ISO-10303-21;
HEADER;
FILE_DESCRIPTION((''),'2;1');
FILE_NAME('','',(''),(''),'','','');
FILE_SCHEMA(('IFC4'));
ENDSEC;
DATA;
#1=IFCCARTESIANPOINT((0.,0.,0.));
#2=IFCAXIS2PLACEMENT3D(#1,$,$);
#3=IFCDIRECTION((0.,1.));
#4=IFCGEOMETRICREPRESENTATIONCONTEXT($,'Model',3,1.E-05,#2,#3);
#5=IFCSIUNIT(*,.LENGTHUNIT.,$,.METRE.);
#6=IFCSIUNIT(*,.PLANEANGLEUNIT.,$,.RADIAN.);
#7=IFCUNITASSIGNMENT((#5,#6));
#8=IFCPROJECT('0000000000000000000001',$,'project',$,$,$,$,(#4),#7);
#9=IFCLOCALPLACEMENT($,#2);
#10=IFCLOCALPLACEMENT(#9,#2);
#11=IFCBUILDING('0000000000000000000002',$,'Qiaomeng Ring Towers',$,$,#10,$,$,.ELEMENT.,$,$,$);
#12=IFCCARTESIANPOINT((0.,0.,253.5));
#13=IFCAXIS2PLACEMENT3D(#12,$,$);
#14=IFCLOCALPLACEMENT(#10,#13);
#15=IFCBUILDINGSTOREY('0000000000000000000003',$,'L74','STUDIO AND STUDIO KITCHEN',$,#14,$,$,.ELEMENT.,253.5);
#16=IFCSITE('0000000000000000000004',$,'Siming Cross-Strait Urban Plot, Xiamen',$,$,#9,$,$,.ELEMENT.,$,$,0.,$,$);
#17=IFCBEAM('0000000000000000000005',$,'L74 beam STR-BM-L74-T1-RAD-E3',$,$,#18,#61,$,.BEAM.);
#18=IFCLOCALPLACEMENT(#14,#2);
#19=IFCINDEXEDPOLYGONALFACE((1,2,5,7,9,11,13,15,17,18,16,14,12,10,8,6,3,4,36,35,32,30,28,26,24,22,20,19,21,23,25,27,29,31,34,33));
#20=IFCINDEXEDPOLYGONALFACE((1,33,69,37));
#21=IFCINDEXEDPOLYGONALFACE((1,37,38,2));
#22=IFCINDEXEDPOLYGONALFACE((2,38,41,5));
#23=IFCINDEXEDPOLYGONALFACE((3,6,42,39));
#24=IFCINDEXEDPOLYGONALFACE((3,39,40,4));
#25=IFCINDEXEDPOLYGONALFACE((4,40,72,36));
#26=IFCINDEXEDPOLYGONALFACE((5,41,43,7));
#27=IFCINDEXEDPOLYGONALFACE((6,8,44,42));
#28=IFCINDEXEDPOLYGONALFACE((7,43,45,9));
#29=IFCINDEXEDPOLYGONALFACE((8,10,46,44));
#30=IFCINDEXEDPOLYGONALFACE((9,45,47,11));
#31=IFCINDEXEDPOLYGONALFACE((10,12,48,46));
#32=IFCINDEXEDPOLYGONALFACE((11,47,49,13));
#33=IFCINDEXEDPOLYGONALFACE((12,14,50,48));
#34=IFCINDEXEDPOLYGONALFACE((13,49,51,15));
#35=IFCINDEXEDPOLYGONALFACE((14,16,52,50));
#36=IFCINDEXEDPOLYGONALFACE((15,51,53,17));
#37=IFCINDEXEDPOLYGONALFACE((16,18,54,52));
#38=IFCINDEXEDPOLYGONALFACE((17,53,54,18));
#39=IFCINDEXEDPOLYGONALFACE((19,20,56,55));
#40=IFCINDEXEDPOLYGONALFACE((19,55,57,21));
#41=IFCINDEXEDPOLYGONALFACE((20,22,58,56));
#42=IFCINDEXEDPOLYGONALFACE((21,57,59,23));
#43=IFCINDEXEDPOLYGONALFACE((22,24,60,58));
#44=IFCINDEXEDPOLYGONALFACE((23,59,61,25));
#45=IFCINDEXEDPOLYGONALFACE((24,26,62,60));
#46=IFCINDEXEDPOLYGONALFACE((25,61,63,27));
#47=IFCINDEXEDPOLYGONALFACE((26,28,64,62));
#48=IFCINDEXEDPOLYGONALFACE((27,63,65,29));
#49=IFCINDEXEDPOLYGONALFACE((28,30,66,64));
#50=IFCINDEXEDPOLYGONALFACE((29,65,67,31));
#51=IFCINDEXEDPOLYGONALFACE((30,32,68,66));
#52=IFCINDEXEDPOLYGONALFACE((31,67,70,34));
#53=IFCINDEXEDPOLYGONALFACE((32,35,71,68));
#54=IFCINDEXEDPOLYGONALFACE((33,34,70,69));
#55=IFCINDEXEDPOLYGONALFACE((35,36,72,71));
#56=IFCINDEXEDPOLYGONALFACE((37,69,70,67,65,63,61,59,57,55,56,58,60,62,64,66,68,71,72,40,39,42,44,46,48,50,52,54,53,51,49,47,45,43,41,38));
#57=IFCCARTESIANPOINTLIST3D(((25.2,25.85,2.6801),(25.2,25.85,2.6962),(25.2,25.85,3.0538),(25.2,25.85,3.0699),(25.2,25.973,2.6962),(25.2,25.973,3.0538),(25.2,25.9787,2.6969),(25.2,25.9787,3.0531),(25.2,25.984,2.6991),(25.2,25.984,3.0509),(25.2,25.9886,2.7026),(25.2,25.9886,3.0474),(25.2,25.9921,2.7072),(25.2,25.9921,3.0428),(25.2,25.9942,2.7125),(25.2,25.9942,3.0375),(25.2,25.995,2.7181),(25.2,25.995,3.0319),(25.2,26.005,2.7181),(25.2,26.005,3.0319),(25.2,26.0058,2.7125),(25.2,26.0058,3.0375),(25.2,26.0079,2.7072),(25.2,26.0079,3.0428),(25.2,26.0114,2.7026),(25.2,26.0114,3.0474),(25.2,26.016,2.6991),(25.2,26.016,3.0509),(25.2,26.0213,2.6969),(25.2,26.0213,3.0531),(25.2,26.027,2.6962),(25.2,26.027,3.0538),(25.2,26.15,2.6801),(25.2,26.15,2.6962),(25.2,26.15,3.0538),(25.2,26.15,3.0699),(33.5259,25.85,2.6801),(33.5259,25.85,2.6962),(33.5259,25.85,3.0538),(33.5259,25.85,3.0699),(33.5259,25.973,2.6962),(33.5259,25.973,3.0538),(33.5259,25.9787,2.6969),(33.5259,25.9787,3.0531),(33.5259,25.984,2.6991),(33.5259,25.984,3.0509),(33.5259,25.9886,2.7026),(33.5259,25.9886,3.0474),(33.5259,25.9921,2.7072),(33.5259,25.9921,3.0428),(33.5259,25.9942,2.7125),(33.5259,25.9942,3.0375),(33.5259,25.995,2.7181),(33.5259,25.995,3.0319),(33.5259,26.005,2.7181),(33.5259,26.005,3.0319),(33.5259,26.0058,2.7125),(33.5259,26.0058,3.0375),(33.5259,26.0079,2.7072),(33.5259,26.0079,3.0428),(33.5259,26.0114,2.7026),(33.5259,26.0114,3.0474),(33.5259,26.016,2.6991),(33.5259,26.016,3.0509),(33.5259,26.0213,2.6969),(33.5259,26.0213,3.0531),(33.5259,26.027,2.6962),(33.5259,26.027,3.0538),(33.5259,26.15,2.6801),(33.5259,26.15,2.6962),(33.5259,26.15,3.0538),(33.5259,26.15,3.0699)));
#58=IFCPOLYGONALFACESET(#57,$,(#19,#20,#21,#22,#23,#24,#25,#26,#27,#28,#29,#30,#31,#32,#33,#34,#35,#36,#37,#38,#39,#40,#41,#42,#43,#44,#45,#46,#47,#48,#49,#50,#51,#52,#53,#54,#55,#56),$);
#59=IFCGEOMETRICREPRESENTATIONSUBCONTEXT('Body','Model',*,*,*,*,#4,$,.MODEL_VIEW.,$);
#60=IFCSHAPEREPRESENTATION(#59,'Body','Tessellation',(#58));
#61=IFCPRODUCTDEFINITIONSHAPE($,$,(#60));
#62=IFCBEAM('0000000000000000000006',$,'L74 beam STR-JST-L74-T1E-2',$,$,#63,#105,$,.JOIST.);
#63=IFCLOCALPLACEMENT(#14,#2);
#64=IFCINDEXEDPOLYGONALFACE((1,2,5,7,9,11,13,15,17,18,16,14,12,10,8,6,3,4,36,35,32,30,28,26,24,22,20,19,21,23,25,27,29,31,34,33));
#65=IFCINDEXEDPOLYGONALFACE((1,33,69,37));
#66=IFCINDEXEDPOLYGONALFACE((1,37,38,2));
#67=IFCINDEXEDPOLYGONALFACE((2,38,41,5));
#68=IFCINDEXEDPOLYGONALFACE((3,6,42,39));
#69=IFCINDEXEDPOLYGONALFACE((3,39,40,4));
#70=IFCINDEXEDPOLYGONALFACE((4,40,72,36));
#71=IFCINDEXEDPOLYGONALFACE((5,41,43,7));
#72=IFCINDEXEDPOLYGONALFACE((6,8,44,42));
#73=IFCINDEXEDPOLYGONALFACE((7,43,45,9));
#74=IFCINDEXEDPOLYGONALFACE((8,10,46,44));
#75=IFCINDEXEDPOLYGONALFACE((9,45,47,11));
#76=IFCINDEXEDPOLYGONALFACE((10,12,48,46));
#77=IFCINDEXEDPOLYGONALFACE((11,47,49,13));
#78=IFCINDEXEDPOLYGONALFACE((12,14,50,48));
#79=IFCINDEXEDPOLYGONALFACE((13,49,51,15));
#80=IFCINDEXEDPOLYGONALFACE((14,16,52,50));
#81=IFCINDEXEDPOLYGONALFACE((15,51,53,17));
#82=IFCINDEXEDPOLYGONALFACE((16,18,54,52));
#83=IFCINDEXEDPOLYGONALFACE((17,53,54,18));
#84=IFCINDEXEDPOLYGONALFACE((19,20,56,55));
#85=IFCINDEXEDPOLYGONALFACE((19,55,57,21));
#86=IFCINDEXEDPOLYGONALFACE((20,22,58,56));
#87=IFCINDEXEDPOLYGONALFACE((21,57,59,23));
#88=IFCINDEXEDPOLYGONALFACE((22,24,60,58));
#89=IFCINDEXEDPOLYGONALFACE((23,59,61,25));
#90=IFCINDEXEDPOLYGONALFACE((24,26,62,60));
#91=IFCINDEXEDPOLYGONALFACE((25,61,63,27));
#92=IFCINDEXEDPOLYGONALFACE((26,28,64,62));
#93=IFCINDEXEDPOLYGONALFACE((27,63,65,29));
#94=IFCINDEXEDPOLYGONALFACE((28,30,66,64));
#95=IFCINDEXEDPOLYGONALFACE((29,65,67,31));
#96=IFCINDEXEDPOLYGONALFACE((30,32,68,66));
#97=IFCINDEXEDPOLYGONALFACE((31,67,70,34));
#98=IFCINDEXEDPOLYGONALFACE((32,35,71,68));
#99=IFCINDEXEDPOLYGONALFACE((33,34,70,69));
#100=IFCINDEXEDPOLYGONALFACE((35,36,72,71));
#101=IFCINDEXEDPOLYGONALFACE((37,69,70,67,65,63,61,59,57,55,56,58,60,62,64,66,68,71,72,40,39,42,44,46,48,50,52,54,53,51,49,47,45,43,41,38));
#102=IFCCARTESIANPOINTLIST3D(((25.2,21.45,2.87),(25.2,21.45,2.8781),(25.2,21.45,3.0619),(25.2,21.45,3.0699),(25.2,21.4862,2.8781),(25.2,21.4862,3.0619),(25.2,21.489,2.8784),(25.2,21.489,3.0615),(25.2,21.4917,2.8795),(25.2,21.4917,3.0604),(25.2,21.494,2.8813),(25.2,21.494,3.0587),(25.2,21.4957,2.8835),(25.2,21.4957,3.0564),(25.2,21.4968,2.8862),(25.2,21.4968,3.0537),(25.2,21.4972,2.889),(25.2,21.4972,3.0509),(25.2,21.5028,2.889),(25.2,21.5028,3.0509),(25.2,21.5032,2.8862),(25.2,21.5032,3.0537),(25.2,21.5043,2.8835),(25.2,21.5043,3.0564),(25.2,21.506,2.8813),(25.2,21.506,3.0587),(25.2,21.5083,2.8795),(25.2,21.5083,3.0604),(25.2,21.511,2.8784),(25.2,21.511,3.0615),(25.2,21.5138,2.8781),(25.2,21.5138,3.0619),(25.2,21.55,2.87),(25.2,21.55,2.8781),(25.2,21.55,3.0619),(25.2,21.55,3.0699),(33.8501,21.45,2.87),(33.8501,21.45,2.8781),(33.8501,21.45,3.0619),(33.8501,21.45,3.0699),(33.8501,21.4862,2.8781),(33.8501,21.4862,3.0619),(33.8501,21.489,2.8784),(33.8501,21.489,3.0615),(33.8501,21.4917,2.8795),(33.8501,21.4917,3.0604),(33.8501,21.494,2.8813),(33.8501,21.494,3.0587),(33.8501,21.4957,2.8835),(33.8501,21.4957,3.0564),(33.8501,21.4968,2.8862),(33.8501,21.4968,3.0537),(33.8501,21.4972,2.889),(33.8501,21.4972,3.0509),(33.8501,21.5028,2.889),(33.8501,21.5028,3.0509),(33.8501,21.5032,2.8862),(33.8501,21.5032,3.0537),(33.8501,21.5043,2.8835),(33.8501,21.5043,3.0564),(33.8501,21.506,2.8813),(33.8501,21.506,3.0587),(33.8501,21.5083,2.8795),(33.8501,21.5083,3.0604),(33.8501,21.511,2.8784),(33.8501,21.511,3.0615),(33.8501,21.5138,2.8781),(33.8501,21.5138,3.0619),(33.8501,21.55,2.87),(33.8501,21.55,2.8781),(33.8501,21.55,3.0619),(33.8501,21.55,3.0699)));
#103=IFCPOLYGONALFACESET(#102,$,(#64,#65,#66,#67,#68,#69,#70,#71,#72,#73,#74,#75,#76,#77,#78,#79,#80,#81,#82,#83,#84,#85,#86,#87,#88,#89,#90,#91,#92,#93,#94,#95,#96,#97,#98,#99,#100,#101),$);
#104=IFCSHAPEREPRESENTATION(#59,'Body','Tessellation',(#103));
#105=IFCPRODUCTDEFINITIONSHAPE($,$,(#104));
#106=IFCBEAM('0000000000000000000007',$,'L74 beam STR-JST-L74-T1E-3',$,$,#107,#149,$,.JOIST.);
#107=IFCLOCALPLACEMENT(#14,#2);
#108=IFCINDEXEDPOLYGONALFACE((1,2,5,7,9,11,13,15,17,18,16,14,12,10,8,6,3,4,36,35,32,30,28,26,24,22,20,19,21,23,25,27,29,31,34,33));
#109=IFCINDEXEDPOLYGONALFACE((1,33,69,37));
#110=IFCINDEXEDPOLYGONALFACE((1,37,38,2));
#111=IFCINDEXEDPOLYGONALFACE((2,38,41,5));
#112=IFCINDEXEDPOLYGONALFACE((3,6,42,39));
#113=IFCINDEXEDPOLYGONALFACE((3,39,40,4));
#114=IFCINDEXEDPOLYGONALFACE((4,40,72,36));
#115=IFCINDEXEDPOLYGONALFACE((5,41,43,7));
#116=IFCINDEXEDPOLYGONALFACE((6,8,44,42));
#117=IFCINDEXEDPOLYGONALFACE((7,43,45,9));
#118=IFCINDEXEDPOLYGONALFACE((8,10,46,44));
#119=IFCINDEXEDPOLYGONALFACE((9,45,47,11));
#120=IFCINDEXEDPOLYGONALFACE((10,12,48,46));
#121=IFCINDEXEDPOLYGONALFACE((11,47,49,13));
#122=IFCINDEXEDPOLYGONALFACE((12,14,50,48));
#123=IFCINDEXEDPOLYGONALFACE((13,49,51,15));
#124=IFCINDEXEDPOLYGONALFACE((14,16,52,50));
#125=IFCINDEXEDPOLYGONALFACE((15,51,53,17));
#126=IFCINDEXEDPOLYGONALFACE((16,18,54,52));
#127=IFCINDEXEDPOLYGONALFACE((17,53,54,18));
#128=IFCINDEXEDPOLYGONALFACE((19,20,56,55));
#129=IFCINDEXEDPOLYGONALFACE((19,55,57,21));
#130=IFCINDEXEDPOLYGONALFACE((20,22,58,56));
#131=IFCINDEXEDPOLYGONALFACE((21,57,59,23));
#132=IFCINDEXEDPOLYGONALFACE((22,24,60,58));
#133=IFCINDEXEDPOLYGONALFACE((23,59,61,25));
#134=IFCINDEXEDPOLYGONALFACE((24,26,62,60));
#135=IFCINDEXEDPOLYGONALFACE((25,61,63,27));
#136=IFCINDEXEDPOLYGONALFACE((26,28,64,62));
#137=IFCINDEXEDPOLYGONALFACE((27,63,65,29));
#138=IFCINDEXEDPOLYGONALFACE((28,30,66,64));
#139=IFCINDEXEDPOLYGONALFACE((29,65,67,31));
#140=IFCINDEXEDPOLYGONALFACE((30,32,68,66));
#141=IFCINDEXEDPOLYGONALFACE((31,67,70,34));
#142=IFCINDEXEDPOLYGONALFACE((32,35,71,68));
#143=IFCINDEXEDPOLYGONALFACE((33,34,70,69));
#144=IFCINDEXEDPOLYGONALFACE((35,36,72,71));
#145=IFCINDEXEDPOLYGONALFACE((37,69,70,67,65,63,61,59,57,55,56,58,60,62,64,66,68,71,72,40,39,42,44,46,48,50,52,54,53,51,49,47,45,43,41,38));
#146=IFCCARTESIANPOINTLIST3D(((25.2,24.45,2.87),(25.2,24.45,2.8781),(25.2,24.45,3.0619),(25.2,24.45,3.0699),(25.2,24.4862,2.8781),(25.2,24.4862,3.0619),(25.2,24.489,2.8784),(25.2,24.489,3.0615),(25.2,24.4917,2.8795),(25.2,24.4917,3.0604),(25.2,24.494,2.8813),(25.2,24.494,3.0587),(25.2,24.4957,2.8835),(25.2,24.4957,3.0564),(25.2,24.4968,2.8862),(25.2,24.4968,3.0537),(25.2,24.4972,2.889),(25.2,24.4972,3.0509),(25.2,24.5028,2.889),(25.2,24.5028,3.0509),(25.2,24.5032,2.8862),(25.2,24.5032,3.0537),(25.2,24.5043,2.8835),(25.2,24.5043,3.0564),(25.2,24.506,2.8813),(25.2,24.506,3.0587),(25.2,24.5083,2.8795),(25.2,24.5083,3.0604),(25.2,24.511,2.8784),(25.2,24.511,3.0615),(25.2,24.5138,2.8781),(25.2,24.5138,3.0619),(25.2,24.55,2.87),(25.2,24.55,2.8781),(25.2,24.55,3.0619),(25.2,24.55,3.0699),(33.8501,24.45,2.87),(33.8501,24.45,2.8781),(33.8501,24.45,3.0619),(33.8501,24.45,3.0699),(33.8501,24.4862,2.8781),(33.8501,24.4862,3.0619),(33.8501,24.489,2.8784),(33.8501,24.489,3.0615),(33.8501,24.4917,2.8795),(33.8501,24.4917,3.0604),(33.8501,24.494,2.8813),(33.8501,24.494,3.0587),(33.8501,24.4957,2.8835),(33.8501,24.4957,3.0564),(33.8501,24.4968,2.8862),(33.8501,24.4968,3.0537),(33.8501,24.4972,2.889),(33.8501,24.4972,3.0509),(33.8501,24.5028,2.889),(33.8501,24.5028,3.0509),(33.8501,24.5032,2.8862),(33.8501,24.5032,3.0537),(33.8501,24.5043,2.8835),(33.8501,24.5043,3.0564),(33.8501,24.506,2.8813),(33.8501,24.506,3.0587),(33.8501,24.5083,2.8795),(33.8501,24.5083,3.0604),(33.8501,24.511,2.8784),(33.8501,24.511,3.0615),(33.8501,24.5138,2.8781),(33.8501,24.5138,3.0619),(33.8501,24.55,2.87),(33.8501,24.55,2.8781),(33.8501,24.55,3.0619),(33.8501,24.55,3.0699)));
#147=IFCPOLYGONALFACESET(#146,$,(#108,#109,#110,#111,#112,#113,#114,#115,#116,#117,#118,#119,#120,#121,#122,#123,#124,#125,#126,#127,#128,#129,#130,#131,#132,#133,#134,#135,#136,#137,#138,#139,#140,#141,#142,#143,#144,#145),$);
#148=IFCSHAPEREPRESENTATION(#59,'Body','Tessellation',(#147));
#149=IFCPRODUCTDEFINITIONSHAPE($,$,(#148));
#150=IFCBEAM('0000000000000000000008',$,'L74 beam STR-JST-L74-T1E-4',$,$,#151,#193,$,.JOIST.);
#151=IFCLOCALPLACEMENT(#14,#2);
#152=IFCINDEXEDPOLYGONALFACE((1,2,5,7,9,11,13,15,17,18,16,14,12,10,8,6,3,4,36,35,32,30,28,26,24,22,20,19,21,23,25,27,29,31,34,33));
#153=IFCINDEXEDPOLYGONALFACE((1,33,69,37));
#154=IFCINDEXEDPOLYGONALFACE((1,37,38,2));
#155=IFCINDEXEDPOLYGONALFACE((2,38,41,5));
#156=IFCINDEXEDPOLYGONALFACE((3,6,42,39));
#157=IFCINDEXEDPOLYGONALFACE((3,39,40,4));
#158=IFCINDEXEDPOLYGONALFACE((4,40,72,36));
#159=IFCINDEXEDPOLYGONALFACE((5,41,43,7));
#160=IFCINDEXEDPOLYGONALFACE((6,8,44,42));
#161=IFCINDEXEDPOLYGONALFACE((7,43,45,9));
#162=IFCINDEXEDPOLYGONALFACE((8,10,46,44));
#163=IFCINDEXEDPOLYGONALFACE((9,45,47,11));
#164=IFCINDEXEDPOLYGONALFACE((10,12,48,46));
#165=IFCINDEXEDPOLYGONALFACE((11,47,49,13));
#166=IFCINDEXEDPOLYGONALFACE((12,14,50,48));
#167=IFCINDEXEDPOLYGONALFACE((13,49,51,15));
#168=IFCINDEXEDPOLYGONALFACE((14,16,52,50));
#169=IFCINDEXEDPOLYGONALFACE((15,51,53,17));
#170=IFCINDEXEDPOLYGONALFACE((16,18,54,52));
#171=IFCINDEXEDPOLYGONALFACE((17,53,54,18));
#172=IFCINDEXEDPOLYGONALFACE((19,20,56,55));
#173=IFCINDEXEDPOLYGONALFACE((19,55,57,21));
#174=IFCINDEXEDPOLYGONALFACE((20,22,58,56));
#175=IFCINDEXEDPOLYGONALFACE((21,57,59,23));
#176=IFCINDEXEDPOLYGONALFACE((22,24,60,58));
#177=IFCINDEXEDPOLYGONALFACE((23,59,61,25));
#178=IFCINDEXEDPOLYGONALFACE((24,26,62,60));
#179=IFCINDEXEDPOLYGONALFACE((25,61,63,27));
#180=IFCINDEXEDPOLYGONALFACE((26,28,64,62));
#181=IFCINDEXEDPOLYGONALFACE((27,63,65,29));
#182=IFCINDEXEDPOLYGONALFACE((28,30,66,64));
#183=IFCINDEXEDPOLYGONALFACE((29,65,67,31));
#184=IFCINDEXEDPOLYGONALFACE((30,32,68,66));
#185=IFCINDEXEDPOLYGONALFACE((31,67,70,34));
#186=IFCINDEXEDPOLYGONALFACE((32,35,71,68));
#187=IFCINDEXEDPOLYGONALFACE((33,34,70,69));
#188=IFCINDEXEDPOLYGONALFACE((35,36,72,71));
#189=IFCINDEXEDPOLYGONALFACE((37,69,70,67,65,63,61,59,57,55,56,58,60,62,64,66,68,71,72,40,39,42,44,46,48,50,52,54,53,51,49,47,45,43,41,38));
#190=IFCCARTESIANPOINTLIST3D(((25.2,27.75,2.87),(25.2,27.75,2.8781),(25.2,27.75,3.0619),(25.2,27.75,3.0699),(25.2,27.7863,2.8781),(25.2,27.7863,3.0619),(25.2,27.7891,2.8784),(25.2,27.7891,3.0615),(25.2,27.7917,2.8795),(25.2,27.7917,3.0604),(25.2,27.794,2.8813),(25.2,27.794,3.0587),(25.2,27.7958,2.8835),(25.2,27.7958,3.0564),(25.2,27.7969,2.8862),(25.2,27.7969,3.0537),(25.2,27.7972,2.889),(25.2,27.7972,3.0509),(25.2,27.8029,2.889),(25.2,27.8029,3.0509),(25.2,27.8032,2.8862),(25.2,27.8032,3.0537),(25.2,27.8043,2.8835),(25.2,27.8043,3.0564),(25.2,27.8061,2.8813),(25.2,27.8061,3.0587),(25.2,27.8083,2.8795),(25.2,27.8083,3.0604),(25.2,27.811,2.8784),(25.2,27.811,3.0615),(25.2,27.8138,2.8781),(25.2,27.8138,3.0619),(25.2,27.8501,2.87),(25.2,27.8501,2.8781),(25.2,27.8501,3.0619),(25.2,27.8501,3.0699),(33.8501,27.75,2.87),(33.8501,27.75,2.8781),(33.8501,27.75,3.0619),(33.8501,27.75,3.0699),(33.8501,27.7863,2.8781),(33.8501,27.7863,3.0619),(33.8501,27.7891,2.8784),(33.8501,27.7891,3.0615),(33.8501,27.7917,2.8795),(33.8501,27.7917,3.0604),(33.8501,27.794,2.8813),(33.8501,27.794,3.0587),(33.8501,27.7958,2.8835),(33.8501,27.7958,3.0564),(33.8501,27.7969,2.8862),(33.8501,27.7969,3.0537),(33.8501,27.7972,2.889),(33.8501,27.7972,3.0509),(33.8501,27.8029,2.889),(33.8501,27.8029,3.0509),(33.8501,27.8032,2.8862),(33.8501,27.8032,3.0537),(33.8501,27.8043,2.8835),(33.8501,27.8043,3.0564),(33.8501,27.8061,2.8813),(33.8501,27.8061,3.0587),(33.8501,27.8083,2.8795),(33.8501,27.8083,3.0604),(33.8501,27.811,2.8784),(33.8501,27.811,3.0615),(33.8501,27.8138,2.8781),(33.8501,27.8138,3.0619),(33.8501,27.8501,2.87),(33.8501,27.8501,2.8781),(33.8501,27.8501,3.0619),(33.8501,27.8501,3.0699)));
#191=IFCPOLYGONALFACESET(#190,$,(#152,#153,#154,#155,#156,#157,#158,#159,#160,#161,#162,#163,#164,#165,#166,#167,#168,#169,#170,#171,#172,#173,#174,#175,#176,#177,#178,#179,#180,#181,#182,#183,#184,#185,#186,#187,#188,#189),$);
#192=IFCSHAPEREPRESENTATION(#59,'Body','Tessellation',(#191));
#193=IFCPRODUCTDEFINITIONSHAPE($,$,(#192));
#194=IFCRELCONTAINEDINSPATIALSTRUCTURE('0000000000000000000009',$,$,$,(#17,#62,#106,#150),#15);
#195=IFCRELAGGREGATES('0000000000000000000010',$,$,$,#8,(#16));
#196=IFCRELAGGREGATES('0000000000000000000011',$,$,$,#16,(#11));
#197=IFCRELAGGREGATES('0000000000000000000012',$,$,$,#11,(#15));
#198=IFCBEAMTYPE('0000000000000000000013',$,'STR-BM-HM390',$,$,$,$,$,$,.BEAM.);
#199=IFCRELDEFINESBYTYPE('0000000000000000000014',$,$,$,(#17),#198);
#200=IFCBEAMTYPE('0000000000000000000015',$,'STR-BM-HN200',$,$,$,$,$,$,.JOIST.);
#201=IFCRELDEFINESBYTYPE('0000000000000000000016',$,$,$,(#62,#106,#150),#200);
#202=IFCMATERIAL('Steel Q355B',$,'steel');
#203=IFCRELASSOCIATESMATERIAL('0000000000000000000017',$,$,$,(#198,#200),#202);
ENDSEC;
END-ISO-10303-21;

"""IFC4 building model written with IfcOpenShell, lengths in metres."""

from ifc_helpers import new_model, si_unit, direction, frame, origin, origin_2d, place, context, subcontext, project, spatial, i_section, extrude, source, transform, mapped, material, material_profile, profile_set, type_object, element, save


model = new_model("IFC4")

# Units and contexts
model_context = context("Model", 3, precision=1e-05, world=origin(), true_north=direction((0.0, 1.0)))
body_context = subcontext(model_context, "Body", "Model", "MODEL_VIEW")
ifc_project = project(units=[si_unit("LENGTHUNIT", "METRE"), si_unit("PLANEANGLEUNIT", "RADIAN")], contexts=[model_context])

# Site, building, storey
site_placement = place(None, origin())
site = spatial("IfcSite", under=ifc_project, at=site_placement, Name="Siming Cross-Strait Urban Plot, Xiamen", CompositionType="ELEMENT", RefElevation=0.0)
building_placement = place(site_placement, origin())
building = spatial("IfcBuilding", under=site, at=building_placement, Name="Qiaomeng Ring Towers", CompositionType="ELEMENT")
storey_placement = place(building_placement, frame((0.0, 0.0, 253.5)))
storey = spatial("IfcBuildingStorey", under=building, at=storey_placement, Name="L74", Description="STUDIO AND STUDIO KITCHEN", CompositionType="ELEMENT", Elevation=253.5)

# Beams
ifc_material_1 = material(Name="Steel Q355B", Category="steel")
ifc_material_profile_1 = material_profile(ifc_material_1, i_section(OverallWidth=0.3, OverallDepth=0.3899, WebThickness=0.01, FlangeThickness=0.0161, FilletRadius=0.022, at=origin_2d()), Name="HM 390x300x10x16")
ifc_profile_set_1 = profile_set([ifc_material_profile_1], Name="Steel Q355B")
beam_type_1 = type_object("IfcBeamType", Name="STR-BM-HM390", PredefinedType="BEAM", material=ifc_profile_set_1)
shared_shape_1 = source(origin(), body_context, "Body", "SweptSolid", [
    extrude(i_section(OverallWidth=0.3, OverallDepth=0.3899, WebThickness=0.01, FlangeThickness=0.0161, FilletRadius=0.022, at=origin_2d()), origin(), (0.0, 0.0, 1.0), 8.3259),
])
beam_placement = place(storey_placement, frame((25.2, 26.0, 2.875), z_axis=(1.0, 0.0, 0.0), x_axis=(0.0, 1.0, 0.0)))
element("IfcBeam", 1, at=beam_placement, inside=storey, type_object=beam_type_1, Name="L74 beam STR-BM-L74-T1-RAD-E3", PredefinedType="BEAM", context=body_context, shape_type="MappedRepresentation", body=[
    mapped(shared_shape_1, transform((0.0, 0.0, 0.0), x_axis=(1.0, 0.0, 0.0), y_axis=(0.0, 1.0, 0.0), z_axis=(0.0, 0.0, 1.0), scale=1.0)),
])
ifc_material_profile_2 = material_profile(ifc_material_1, i_section(OverallWidth=0.1001, OverallDepth=0.2, WebThickness=0.0056, FlangeThickness=0.0081, FilletRadius=0.011, at=origin_2d()), Name="HN 200x100x5.5x8")
ifc_profile_set_2 = profile_set([ifc_material_profile_2], Name="Steel Q355B")
beam_type_2 = type_object("IfcBeamType", Name="STR-BM-HN200", PredefinedType="JOIST", material=ifc_profile_set_2)
shared_shape_2 = source(origin(), body_context, "Body", "SweptSolid", [
    extrude(i_section(OverallWidth=0.1001, OverallDepth=0.2, WebThickness=0.0056, FlangeThickness=0.0081, FilletRadius=0.011, at=origin_2d()), origin(), (0.0, 0.0, 1.0), 8.6501),
])
for number, where, z_axis, x_axis, name in (
    (2, (25.2, 21.5, 2.97), (1.0, 0.0, 0.0), (0.0, 1.0, 0.0), "L74 beam STR-JST-L74-T1E-2"),
    (3, (25.2, 24.5, 2.97), (1.0, 0.0, 0.0), (0.0, 1.0, 0.0), "L74 beam STR-JST-L74-T1E-3"),
    (4, (25.2, 27.8, 2.97), (1.0, 0.0, 0.0), (0.0, 1.0, 0.0), "L74 beam STR-JST-L74-T1E-4"),
):
    element("IfcBeam", number, at=place(storey_placement, frame(where, z_axis=z_axis, x_axis=x_axis)), inside=storey, type_object=beam_type_2, Name=name, PredefinedType="JOIST", context=body_context, shape_type="MappedRepresentation", body=[
        mapped(shared_shape_2, transform((0.0, 0.0, 0.0), x_axis=(1.0, 0.0, 0.0), y_axis=(0.0, 1.0, 0.0), z_axis=(0.0, 0.0, 1.0), scale=1.0)),
    ])

save(model, "model.ifc")
